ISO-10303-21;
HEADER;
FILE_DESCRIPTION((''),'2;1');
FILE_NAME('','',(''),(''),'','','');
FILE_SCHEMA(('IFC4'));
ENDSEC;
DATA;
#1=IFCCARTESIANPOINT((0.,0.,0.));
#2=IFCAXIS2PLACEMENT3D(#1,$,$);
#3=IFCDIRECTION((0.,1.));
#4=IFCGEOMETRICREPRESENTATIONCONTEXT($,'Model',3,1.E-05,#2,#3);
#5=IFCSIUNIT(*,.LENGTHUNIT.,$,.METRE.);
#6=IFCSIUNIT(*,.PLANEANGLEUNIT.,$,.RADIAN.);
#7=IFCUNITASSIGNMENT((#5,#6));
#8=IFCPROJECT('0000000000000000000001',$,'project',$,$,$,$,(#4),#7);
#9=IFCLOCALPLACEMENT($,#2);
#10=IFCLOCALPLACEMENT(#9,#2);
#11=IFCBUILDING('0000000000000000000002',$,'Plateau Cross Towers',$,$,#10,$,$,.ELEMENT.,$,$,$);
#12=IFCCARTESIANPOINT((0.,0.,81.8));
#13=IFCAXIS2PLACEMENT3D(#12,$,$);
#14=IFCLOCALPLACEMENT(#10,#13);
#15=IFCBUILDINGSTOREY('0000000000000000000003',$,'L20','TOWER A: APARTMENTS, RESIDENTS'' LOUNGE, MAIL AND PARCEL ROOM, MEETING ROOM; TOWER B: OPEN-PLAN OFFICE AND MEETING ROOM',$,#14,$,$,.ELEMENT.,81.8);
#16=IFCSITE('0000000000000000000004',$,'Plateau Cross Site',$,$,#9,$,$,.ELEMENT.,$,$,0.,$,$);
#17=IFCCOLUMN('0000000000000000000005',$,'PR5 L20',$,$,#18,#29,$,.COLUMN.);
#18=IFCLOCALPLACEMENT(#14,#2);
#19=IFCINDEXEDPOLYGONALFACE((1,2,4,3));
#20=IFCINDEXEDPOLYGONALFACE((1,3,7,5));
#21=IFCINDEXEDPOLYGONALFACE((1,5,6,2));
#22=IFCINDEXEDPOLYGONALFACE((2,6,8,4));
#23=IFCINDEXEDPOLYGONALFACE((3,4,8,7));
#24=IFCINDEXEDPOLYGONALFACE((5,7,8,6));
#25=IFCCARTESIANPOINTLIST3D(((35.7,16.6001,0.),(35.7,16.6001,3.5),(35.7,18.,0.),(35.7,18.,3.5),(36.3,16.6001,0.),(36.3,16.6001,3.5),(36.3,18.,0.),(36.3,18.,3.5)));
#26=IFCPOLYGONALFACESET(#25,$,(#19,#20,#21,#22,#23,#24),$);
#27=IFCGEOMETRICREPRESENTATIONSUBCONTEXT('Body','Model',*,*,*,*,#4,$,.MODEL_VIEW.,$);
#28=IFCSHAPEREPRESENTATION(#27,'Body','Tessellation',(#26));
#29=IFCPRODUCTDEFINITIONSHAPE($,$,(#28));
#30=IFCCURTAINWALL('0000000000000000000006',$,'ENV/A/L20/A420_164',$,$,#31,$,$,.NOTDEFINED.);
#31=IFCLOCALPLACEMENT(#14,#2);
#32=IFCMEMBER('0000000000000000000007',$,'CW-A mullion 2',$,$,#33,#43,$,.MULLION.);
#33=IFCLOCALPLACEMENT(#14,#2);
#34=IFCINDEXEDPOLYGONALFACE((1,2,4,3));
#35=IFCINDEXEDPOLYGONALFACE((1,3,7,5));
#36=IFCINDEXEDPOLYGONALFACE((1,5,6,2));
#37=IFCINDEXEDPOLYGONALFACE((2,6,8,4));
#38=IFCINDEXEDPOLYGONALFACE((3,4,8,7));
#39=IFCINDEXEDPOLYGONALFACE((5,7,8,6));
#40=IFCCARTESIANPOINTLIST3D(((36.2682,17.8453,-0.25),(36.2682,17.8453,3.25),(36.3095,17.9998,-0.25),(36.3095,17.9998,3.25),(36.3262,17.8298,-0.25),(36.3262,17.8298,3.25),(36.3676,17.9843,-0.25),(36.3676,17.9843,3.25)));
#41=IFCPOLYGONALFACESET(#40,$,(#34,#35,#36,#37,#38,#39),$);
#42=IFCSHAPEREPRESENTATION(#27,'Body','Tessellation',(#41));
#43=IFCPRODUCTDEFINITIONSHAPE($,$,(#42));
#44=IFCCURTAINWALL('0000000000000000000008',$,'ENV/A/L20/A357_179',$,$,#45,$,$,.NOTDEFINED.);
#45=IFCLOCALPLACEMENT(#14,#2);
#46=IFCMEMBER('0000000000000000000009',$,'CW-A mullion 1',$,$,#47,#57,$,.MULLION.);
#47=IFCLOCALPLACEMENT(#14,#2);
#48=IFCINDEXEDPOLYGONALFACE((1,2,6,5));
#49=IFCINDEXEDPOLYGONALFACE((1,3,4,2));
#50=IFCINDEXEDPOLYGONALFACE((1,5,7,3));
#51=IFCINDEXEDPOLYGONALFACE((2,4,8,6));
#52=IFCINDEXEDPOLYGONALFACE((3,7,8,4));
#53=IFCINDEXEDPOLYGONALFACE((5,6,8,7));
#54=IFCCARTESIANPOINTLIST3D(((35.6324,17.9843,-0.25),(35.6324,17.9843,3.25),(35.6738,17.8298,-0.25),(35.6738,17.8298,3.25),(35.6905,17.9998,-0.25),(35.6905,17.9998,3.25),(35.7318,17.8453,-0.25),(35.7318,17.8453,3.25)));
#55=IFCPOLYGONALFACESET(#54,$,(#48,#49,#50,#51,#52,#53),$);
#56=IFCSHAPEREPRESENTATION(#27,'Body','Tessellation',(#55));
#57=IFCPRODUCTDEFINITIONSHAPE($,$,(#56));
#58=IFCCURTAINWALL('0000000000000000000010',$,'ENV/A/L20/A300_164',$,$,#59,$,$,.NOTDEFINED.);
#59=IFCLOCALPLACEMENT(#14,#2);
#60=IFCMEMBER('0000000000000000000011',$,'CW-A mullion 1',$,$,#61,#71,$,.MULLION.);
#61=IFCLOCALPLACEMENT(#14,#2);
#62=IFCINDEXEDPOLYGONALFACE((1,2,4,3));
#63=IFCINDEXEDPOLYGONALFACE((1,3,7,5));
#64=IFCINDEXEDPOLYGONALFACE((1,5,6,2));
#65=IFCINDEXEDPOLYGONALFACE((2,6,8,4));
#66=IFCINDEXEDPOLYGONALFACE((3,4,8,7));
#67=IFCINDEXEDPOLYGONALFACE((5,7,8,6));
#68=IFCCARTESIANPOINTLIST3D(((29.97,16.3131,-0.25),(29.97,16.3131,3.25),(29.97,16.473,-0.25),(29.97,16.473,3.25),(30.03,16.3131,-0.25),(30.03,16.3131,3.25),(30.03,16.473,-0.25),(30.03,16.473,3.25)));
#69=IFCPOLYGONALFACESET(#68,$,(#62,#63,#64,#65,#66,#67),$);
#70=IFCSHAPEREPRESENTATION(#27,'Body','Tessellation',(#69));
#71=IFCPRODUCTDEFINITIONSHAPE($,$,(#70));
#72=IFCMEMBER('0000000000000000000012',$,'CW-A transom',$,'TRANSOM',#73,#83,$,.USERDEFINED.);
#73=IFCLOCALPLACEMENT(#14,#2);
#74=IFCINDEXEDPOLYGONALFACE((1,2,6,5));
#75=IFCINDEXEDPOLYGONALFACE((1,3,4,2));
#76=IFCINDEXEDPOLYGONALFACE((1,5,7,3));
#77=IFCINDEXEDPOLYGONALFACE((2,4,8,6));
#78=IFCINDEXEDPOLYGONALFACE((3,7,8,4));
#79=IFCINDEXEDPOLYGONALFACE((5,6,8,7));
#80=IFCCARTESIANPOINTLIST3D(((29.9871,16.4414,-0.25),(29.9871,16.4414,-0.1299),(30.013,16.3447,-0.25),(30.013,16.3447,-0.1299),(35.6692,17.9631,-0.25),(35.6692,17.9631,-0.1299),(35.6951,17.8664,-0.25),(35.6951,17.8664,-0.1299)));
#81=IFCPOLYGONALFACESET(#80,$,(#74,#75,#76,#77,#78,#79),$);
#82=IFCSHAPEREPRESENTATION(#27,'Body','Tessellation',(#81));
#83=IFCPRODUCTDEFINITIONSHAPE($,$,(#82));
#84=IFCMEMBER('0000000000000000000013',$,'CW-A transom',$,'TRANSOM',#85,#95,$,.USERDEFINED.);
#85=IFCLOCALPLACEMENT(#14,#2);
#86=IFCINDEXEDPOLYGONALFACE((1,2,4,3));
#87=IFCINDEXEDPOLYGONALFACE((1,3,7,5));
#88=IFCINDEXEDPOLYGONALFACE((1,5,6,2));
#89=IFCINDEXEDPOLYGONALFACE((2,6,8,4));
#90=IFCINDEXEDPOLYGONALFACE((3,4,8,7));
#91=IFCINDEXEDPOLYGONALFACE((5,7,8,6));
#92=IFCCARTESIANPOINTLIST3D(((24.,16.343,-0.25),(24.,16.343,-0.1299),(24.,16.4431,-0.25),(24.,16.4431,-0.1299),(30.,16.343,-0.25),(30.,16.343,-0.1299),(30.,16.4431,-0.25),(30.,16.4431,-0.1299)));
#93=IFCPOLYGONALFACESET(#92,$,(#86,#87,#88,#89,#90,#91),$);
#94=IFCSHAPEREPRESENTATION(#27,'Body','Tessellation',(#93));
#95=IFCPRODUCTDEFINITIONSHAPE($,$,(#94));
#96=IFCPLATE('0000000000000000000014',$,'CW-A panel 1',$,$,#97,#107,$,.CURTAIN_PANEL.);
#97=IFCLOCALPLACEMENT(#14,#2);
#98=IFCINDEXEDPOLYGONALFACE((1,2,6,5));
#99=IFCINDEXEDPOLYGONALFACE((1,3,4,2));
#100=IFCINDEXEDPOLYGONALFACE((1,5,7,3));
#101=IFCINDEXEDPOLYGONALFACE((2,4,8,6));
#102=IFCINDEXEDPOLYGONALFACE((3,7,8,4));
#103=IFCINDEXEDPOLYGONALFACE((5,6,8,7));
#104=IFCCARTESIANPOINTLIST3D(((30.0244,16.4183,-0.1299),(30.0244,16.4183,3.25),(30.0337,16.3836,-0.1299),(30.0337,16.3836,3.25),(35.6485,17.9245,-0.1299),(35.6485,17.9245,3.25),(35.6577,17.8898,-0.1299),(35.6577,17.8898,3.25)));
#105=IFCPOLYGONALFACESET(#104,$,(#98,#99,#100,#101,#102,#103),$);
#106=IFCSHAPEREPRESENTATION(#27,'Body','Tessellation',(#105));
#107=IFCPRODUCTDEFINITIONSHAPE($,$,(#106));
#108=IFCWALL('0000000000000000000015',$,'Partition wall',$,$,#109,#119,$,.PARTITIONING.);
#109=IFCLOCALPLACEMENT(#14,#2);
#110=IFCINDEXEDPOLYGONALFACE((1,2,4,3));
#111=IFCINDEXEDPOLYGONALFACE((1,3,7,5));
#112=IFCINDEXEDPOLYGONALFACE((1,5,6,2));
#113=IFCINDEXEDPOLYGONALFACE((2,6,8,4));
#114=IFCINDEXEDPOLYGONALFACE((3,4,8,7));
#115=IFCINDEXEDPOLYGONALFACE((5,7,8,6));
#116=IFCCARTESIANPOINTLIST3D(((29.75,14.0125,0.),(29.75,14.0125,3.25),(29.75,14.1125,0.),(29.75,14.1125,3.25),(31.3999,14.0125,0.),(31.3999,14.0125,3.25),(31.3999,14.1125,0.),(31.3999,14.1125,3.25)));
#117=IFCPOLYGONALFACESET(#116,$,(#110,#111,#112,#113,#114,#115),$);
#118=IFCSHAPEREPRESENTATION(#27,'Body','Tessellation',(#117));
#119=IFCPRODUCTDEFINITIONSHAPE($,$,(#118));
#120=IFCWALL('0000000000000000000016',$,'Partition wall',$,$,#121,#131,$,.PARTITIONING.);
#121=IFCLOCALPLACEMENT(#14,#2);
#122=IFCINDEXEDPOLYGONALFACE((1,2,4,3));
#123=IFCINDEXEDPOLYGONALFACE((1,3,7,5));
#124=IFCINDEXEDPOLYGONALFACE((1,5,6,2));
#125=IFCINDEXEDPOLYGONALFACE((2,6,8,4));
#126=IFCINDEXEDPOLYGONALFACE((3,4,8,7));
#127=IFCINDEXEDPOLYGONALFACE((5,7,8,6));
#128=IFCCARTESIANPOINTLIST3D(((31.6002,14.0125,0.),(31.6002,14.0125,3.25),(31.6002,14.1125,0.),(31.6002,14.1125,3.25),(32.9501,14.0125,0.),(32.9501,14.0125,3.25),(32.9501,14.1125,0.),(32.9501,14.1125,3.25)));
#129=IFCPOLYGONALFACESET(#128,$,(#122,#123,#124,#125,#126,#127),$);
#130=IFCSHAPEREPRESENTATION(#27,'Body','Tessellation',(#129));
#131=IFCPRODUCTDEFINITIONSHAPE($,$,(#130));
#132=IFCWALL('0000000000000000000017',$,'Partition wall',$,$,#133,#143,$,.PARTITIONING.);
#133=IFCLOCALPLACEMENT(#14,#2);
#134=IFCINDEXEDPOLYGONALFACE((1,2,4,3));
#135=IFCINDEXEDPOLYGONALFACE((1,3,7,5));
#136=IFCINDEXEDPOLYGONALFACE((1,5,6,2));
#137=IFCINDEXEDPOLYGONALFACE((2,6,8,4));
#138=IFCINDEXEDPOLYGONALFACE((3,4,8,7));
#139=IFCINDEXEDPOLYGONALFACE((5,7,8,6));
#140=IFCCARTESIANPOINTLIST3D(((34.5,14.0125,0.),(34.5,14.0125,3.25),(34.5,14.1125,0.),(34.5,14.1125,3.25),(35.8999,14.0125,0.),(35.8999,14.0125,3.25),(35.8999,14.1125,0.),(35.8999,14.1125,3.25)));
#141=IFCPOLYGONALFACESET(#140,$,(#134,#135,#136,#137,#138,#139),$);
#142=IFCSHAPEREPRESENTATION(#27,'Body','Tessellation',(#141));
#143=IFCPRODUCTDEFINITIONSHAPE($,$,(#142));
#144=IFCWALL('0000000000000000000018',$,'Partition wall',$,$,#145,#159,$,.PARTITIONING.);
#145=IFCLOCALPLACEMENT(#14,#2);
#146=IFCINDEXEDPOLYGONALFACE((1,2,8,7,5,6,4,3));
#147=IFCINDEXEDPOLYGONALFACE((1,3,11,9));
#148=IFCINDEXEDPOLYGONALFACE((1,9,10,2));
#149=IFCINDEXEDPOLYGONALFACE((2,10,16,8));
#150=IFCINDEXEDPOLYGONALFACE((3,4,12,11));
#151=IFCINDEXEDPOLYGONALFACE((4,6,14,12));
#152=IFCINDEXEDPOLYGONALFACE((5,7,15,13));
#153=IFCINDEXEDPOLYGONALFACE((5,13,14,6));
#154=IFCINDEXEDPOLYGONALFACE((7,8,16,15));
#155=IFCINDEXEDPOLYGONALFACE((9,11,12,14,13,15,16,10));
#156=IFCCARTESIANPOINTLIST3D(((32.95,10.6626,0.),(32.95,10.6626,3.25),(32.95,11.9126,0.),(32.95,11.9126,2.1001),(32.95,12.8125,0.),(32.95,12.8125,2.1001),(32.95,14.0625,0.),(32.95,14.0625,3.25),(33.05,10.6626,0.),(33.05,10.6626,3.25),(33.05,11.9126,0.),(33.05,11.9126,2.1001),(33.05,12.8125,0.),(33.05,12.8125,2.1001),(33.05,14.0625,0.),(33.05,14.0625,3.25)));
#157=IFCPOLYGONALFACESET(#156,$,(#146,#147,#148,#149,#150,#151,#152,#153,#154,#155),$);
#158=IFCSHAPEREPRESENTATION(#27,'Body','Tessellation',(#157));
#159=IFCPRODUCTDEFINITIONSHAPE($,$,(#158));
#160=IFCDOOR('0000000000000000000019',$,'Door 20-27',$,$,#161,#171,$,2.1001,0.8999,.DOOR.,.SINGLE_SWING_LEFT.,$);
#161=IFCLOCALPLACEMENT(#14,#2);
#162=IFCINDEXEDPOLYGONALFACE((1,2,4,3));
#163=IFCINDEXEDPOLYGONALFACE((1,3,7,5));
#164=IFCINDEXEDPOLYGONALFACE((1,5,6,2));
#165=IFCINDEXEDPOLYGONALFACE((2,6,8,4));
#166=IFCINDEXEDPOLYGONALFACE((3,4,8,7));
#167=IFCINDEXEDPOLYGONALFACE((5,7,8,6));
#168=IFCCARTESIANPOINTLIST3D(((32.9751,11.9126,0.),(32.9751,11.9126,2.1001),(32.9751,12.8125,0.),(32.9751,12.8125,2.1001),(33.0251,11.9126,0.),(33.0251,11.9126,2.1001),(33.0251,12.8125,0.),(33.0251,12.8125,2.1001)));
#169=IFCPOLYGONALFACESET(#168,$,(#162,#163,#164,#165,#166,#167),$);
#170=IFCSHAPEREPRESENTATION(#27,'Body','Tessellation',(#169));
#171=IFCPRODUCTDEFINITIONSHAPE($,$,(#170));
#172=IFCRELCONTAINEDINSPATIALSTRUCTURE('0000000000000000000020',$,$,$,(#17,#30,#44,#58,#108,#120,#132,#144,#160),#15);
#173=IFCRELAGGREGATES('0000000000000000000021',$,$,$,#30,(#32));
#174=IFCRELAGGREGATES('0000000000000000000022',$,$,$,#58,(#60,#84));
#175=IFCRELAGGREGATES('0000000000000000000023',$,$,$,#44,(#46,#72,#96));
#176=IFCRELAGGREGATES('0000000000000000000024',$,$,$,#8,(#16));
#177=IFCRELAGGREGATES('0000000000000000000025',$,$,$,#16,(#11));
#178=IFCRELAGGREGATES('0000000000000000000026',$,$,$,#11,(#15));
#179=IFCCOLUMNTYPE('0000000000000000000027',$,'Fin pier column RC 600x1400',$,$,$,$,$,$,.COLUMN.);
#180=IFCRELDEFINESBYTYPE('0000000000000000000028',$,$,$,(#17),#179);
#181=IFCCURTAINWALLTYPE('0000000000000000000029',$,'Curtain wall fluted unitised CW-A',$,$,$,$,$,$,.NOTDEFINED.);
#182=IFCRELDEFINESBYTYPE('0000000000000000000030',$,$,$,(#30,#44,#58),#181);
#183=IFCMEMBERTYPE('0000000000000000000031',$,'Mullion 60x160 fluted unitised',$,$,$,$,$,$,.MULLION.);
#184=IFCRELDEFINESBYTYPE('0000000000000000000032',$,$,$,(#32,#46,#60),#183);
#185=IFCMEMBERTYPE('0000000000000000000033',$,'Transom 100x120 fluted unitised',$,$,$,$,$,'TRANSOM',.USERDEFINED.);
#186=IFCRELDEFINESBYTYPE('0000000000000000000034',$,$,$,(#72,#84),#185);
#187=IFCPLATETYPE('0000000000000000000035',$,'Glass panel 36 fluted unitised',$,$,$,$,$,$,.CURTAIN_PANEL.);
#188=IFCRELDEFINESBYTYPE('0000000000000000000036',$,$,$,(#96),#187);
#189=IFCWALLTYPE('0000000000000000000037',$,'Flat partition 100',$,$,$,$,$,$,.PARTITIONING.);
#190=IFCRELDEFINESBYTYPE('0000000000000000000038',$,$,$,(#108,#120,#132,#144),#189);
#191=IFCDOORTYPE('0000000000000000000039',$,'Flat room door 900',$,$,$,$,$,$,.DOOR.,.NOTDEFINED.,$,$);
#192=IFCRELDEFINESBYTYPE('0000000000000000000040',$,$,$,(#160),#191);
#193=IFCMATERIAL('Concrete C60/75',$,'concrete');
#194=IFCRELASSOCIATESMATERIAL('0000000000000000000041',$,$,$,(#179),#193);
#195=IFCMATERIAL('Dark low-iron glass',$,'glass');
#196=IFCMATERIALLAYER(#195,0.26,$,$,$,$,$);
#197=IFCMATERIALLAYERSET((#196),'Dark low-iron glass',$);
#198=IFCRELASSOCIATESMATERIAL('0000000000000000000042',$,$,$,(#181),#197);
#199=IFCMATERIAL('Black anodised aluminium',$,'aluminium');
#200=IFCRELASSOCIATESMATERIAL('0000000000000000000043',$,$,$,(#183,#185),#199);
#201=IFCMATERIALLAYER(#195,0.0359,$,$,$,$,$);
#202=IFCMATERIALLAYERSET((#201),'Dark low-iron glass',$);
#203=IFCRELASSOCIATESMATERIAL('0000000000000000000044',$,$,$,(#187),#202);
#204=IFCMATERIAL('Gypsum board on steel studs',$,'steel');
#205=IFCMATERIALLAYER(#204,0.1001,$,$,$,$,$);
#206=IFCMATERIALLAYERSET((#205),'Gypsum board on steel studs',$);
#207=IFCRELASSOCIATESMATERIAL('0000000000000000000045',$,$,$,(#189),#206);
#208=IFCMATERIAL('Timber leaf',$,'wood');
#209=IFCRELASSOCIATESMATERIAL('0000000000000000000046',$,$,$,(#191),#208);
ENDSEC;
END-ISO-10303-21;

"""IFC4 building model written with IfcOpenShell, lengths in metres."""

from ifc_helpers import new_model, si_unit, direction, frame, frame_2d, origin, origin_2d, place, context, subcontext, project, spatial, rectangle, extrude, material, layer, layer_set, material_profile, profile_set, type_object, element, fill, aggregate, save


model = new_model("IFC4")

# Units and contexts
model_context = context("Model", 3, precision=1e-05, world=origin(), true_north=direction((0.0, 1.0)))
body_context = subcontext(model_context, "Body", "Model", "MODEL_VIEW")
ifc_project = project(units=[si_unit("LENGTHUNIT", "METRE"), si_unit("PLANEANGLEUNIT", "RADIAN")], contexts=[model_context])

# Site, building, storey
site_placement = place(None, origin())
site = spatial("IfcSite", under=ifc_project, at=site_placement, Name="Plateau Cross Site", CompositionType="ELEMENT", RefElevation=0.0)
building_placement = place(site_placement, origin())
building = spatial("IfcBuilding", under=site, at=building_placement, Name="Plateau Cross Towers", CompositionType="ELEMENT")
storey_placement = place(building_placement, frame((0.0, 0.0, 81.8)))
storey = spatial("IfcBuildingStorey", under=building, at=storey_placement, Name="L20", Description="TOWER A: APARTMENTS, RESIDENTS' LOUNGE, MAIL AND PARCEL ROOM, MEETING ROOM; TOWER B: OPEN-PLAN OFFICE AND MEETING ROOM", CompositionType="ELEMENT", Elevation=81.8)

# Column
ifc_material_1 = material(Name="Concrete C60/75", Category="concrete")
ifc_material_profile_1 = material_profile(ifc_material_1, rectangle(XDim=0.6001, YDim=1.3999, at=origin_2d()), Name="RC 600x1400")
ifc_profile_set_1 = profile_set([ifc_material_profile_1], Name="Concrete C60/75")
column_type = type_object("IfcColumnType", Name="Fin pier column RC 600x1400", PredefinedType="COLUMN", material=ifc_profile_set_1)
column_placement = place(storey_placement, frame((36.0, 17.3, 0.0), z_axis=(0.0, 0.0, 1.0), x_axis=(1.0, 0.0, 0.0)))
element("IfcColumn", 1, at=column_placement, inside=storey, type_object=column_type, Name="PR5 L20", PredefinedType="COLUMN", context=body_context, shape_type="SweptSolid", body=[
    extrude(rectangle(XDim=0.6001, YDim=1.3999, at=origin_2d()), origin(), (0.0, 0.0, 1.0), 3.5),
])

# Curtain walls, members
ifc_material_2 = material(Name="Dark low-iron glass", Category="glass")
ifc_layer_1 = layer(ifc_material_2, 0.26)
ifc_layer_set_1 = layer_set([ifc_layer_1], Name="Dark low-iron glass")
curtain_wall_type = type_object("IfcCurtainWallType", Name="Curtain wall fluted unitised CW-A", PredefinedType="NOTDEFINED", material=ifc_layer_set_1)
curtain_wall_1_placement = place(storey_placement, origin())
curtain_wall_1 = element("IfcCurtainWall", 2, at=curtain_wall_1_placement, inside=storey, type_object=curtain_wall_type, Name="ENV/A/L20/A420_164", PredefinedType="NOTDEFINED")
ifc_material_3 = material(Name="Black anodised aluminium", Category="aluminium")
ifc_material_profile_2 = material_profile(ifc_material_3, rectangle(XDim=0.0601, YDim=0.1599, at=origin_2d()), Name="MULLION 60x160")
ifc_profile_set_2 = profile_set([ifc_material_profile_2], Name="Black anodised aluminium")
member_type_1 = type_object("IfcMemberType", Name="Mullion 60x160 fluted unitised", PredefinedType="MULLION", material=ifc_profile_set_2)
member_1_placement = place(storey_placement, frame((36.3179, 17.9148, -0.25), z_axis=(0.0, 0.0, 1.0), x_axis=(-0.965958, 0.258699, 0.0)))
member_1 = element("IfcMember", 3, at=member_1_placement, type_object=member_type_1, Name="CW-A mullion 2", PredefinedType="MULLION", context=body_context, shape_type="SweptSolid", body=[
    extrude(rectangle(XDim=0.0601, YDim=0.1599, at=origin_2d()), origin(), (0.0, 0.0, 1.0), 3.5),
])
aggregate(curtain_wall_1, [member_1])
curtain_wall_2_placement = place(storey_placement, origin())
curtain_wall_2 = element("IfcCurtainWall", 4, at=curtain_wall_2_placement, inside=storey, type_object=curtain_wall_type, Name="ENV/A/L20/A357_179", PredefinedType="NOTDEFINED")
member_2_placement = place(storey_placement, frame((35.6821, 17.9148, -0.25), z_axis=(0.0, 0.0, 1.0), x_axis=(-0.965958, -0.258699, 0.0)))
member_2 = element("IfcMember", 5, at=member_2_placement, type_object=member_type_1, Name="CW-A mullion 1", PredefinedType="MULLION", context=body_context, shape_type="SweptSolid", body=[
    extrude(rectangle(XDim=0.0601, YDim=0.1599, at=origin_2d()), origin(), (0.0, 0.0, 1.0), 3.5),
])
curtain_wall_3_placement = place(storey_placement, origin())
curtain_wall_3 = element("IfcCurtainWall", 6, at=curtain_wall_3_placement, inside=storey, type_object=curtain_wall_type, Name="ENV/A/L20/A300_164", PredefinedType="NOTDEFINED")
member_3_placement = place(storey_placement, frame((30.0, 16.3931, -0.25), z_axis=(0.0, 0.0, 1.0), x_axis=(-1.0, 0.0, 0.0)))
member_3 = element("IfcMember", 7, at=member_3_placement, type_object=member_type_1, Name="CW-A mullion 1", PredefinedType="MULLION", context=body_context, shape_type="SweptSolid", body=[
    extrude(rectangle(XDim=0.0601, YDim=0.1599, at=origin_2d()), origin(), (0.0, 0.0, 1.0), 3.5),
])

# Members
ifc_material_profile_3 = material_profile(ifc_material_3, rectangle(XDim=0.1001, YDim=0.1201, at=origin_2d()), Name="TRANSOM 100x120")
ifc_profile_set_3 = profile_set([ifc_material_profile_3], Name="Black anodised aluminium")
member_type_2 = type_object("IfcMemberType", Name="Transom 100x120 fluted unitised", ElementType="TRANSOM", PredefinedType="USERDEFINED", material=ifc_profile_set_3)
member_4_placement = place(storey_placement, frame((35.6821, 17.9148, -0.1899), z_axis=(-0.96596, -0.258693, 0.0), x_axis=(0.258693, -0.96596, 0.0)))
member_4 = element("IfcMember", 8, at=member_4_placement, type_object=member_type_2, Name="CW-A transom", ObjectType="TRANSOM", PredefinedType="USERDEFINED", context=body_context, shape_type="SweptSolid", body=[
    extrude(rectangle(XDim=0.1001, YDim=0.1201, at=origin_2d()), origin(), (0.0, 0.0, 1.0), 5.8823),
])
member_5_placement = place(storey_placement, frame((30.0, 16.3931, -0.1899), z_axis=(-1.0, 0.0, 0.0), x_axis=(0.0, -1.0, 0.0)))
member_5 = element("IfcMember", 9, at=member_5_placement, type_object=member_type_2, Name="CW-A transom", ObjectType="TRANSOM", PredefinedType="USERDEFINED", context=body_context, shape_type="SweptSolid", body=[
    extrude(rectangle(XDim=0.1001, YDim=0.1201, at=origin_2d()), origin(), (0.0, 0.0, 1.0), 6.0),
])
aggregate(curtain_wall_3, [member_3, member_5])

# Plate
ifc_layer_2 = layer(ifc_material_2, 0.0359)
ifc_layer_set_2 = layer_set([ifc_layer_2], Name="Dark low-iron glass")
plate_type = type_object("IfcPlateType", Name="Glass panel 36 fluted unitised", PredefinedType="CURTAIN_PANEL", material=ifc_layer_set_2)
plate_placement = place(storey_placement, frame((32.8411, 17.1541, -0.1299), z_axis=(0.0, 0.0, 1.0), x_axis=(-0.965958, -0.258699, 0.0)))
plate = element("IfcPlate", 10, at=plate_placement, type_object=plate_type, Name="CW-A panel 1", PredefinedType="CURTAIN_PANEL", context=body_context, shape_type="SweptSolid", body=[
    extrude(rectangle(XDim=5.8223, YDim=0.0359, at=origin_2d()), origin(), (0.0, 0.0, 1.0), 3.3799),
])
aggregate(curtain_wall_2, [member_2, member_4, plate])

# Walls
ifc_material_4 = material(Name="Gypsum board on steel studs", Category="steel")
ifc_layer_3 = layer(ifc_material_4, 0.1001)
ifc_layer_set_3 = layer_set([ifc_layer_3], Name="Gypsum board on steel studs")
wall_type_1 = type_object("IfcWallType", Name="Flat partition 100", PredefinedType="PARTITIONING", material=ifc_layer_set_3)
wall_1_placement = place(storey_placement, frame((31.3999, 14.0625, 0.0), z_axis=(0.0, 0.0, 1.0), x_axis=(-1.0, 0.0, 0.0)))
element("IfcWall", 11, at=wall_1_placement, inside=storey, type_object=wall_type_1, Name="Partition wall", PredefinedType="PARTITIONING", context=body_context, shape_type="SweptSolid", body=[
    extrude(rectangle(XDim=1.6499, YDim=0.1001, at=frame_2d((0.825, 0.0))), origin(), (0.0, 0.0, 1.0), 3.25),
])
wall_2_placement = place(storey_placement, frame((32.95, 14.0625, 0.0), z_axis=(0.0, 0.0, 1.0), x_axis=(-1.0, 0.0, 0.0)))
element("IfcWall", 12, at=wall_2_placement, inside=storey, type_object=wall_type_1, Name="Partition wall", PredefinedType="PARTITIONING", context=body_context, shape_type="SweptSolid", body=[
    extrude(rectangle(XDim=1.3499, YDim=0.1001, at=frame_2d((0.6748, 0.0))), origin(), (0.0, 0.0, 1.0), 3.25),
])
wall_3_placement = place(storey_placement, frame((35.8999, 14.0625, 0.0), z_axis=(0.0, 0.0, 1.0), x_axis=(-1.0, 0.0, 0.0)))
element("IfcWall", 13, at=wall_3_placement, inside=storey, type_object=wall_type_1, Name="Partition wall", PredefinedType="PARTITIONING", context=body_context, shape_type="SweptSolid", body=[
    extrude(rectangle(XDim=1.3999, YDim=0.1001, at=frame_2d((0.7, 0.0))), origin(), (0.0, 0.0, 1.0), 3.25),
])

# Wall, opening, door
wall_4_placement = place(storey_placement, frame((33.0, 10.6626, 0.0), z_axis=(0.0, 0.0, 1.0), x_axis=(0.0, 1.0, 0.0)))
wall_4 = element("IfcWall", 14, at=wall_4_placement, inside=storey, type_object=wall_type_1, Name="Partition wall", PredefinedType="PARTITIONING", context=body_context, shape_type="SweptSolid", body=[
    extrude(rectangle(XDim=3.3999, YDim=0.1001, at=frame_2d((1.7, 0.0))), origin(), (0.0, 0.0, 1.0), 3.25),
])
opening_1_placement = place(wall_4_placement, frame((1.25, 0.0, 0.0)))
opening_1 = element("IfcOpeningElement", 15, at=opening_1_placement, cuts=wall_4, PredefinedType="OPENING", context=body_context, shape_type="SweptSolid", body=[
    extrude(rectangle(XDim=0.8999, YDim=2.1001, at=frame_2d((0.45, 1.05))), frame((0.0, 0.0601, 0.0), z_axis=(0.0, -1.0, 0.0), x_axis=(1.0, 0.0, 0.0)), (0.0, 0.0, 1.0), 0.1201),
])
ifc_material_5 = material(Name="Timber leaf", Category="wood")
door_type = type_object("IfcDoorType", Name="Flat room door 900", OperationType="NOTDEFINED", PredefinedType="DOOR", material=ifc_material_5)
door_1_placement = place(opening_1_placement, origin())
door_1 = element("IfcDoor", 16, at=door_1_placement, inside=storey, type_object=door_type, Name="Door 20-27", OperationType="SINGLE_SWING_LEFT", OverallHeight=2.1001, OverallWidth=0.8999, PredefinedType="DOOR", context=body_context, shape_type="SweptSolid", body=[
    extrude(rectangle(XDim=0.8999, YDim=2.1001, at=frame_2d((0.45, 1.05))), frame((0.0, 0.0249, 0.0), z_axis=(0.0, -1.0, 0.0), x_axis=(1.0, 0.0, 0.0)), (0.0, 0.0, 1.0), 0.05),
])
fill(opening_1, door_1)

save(model, "model.ifc")
